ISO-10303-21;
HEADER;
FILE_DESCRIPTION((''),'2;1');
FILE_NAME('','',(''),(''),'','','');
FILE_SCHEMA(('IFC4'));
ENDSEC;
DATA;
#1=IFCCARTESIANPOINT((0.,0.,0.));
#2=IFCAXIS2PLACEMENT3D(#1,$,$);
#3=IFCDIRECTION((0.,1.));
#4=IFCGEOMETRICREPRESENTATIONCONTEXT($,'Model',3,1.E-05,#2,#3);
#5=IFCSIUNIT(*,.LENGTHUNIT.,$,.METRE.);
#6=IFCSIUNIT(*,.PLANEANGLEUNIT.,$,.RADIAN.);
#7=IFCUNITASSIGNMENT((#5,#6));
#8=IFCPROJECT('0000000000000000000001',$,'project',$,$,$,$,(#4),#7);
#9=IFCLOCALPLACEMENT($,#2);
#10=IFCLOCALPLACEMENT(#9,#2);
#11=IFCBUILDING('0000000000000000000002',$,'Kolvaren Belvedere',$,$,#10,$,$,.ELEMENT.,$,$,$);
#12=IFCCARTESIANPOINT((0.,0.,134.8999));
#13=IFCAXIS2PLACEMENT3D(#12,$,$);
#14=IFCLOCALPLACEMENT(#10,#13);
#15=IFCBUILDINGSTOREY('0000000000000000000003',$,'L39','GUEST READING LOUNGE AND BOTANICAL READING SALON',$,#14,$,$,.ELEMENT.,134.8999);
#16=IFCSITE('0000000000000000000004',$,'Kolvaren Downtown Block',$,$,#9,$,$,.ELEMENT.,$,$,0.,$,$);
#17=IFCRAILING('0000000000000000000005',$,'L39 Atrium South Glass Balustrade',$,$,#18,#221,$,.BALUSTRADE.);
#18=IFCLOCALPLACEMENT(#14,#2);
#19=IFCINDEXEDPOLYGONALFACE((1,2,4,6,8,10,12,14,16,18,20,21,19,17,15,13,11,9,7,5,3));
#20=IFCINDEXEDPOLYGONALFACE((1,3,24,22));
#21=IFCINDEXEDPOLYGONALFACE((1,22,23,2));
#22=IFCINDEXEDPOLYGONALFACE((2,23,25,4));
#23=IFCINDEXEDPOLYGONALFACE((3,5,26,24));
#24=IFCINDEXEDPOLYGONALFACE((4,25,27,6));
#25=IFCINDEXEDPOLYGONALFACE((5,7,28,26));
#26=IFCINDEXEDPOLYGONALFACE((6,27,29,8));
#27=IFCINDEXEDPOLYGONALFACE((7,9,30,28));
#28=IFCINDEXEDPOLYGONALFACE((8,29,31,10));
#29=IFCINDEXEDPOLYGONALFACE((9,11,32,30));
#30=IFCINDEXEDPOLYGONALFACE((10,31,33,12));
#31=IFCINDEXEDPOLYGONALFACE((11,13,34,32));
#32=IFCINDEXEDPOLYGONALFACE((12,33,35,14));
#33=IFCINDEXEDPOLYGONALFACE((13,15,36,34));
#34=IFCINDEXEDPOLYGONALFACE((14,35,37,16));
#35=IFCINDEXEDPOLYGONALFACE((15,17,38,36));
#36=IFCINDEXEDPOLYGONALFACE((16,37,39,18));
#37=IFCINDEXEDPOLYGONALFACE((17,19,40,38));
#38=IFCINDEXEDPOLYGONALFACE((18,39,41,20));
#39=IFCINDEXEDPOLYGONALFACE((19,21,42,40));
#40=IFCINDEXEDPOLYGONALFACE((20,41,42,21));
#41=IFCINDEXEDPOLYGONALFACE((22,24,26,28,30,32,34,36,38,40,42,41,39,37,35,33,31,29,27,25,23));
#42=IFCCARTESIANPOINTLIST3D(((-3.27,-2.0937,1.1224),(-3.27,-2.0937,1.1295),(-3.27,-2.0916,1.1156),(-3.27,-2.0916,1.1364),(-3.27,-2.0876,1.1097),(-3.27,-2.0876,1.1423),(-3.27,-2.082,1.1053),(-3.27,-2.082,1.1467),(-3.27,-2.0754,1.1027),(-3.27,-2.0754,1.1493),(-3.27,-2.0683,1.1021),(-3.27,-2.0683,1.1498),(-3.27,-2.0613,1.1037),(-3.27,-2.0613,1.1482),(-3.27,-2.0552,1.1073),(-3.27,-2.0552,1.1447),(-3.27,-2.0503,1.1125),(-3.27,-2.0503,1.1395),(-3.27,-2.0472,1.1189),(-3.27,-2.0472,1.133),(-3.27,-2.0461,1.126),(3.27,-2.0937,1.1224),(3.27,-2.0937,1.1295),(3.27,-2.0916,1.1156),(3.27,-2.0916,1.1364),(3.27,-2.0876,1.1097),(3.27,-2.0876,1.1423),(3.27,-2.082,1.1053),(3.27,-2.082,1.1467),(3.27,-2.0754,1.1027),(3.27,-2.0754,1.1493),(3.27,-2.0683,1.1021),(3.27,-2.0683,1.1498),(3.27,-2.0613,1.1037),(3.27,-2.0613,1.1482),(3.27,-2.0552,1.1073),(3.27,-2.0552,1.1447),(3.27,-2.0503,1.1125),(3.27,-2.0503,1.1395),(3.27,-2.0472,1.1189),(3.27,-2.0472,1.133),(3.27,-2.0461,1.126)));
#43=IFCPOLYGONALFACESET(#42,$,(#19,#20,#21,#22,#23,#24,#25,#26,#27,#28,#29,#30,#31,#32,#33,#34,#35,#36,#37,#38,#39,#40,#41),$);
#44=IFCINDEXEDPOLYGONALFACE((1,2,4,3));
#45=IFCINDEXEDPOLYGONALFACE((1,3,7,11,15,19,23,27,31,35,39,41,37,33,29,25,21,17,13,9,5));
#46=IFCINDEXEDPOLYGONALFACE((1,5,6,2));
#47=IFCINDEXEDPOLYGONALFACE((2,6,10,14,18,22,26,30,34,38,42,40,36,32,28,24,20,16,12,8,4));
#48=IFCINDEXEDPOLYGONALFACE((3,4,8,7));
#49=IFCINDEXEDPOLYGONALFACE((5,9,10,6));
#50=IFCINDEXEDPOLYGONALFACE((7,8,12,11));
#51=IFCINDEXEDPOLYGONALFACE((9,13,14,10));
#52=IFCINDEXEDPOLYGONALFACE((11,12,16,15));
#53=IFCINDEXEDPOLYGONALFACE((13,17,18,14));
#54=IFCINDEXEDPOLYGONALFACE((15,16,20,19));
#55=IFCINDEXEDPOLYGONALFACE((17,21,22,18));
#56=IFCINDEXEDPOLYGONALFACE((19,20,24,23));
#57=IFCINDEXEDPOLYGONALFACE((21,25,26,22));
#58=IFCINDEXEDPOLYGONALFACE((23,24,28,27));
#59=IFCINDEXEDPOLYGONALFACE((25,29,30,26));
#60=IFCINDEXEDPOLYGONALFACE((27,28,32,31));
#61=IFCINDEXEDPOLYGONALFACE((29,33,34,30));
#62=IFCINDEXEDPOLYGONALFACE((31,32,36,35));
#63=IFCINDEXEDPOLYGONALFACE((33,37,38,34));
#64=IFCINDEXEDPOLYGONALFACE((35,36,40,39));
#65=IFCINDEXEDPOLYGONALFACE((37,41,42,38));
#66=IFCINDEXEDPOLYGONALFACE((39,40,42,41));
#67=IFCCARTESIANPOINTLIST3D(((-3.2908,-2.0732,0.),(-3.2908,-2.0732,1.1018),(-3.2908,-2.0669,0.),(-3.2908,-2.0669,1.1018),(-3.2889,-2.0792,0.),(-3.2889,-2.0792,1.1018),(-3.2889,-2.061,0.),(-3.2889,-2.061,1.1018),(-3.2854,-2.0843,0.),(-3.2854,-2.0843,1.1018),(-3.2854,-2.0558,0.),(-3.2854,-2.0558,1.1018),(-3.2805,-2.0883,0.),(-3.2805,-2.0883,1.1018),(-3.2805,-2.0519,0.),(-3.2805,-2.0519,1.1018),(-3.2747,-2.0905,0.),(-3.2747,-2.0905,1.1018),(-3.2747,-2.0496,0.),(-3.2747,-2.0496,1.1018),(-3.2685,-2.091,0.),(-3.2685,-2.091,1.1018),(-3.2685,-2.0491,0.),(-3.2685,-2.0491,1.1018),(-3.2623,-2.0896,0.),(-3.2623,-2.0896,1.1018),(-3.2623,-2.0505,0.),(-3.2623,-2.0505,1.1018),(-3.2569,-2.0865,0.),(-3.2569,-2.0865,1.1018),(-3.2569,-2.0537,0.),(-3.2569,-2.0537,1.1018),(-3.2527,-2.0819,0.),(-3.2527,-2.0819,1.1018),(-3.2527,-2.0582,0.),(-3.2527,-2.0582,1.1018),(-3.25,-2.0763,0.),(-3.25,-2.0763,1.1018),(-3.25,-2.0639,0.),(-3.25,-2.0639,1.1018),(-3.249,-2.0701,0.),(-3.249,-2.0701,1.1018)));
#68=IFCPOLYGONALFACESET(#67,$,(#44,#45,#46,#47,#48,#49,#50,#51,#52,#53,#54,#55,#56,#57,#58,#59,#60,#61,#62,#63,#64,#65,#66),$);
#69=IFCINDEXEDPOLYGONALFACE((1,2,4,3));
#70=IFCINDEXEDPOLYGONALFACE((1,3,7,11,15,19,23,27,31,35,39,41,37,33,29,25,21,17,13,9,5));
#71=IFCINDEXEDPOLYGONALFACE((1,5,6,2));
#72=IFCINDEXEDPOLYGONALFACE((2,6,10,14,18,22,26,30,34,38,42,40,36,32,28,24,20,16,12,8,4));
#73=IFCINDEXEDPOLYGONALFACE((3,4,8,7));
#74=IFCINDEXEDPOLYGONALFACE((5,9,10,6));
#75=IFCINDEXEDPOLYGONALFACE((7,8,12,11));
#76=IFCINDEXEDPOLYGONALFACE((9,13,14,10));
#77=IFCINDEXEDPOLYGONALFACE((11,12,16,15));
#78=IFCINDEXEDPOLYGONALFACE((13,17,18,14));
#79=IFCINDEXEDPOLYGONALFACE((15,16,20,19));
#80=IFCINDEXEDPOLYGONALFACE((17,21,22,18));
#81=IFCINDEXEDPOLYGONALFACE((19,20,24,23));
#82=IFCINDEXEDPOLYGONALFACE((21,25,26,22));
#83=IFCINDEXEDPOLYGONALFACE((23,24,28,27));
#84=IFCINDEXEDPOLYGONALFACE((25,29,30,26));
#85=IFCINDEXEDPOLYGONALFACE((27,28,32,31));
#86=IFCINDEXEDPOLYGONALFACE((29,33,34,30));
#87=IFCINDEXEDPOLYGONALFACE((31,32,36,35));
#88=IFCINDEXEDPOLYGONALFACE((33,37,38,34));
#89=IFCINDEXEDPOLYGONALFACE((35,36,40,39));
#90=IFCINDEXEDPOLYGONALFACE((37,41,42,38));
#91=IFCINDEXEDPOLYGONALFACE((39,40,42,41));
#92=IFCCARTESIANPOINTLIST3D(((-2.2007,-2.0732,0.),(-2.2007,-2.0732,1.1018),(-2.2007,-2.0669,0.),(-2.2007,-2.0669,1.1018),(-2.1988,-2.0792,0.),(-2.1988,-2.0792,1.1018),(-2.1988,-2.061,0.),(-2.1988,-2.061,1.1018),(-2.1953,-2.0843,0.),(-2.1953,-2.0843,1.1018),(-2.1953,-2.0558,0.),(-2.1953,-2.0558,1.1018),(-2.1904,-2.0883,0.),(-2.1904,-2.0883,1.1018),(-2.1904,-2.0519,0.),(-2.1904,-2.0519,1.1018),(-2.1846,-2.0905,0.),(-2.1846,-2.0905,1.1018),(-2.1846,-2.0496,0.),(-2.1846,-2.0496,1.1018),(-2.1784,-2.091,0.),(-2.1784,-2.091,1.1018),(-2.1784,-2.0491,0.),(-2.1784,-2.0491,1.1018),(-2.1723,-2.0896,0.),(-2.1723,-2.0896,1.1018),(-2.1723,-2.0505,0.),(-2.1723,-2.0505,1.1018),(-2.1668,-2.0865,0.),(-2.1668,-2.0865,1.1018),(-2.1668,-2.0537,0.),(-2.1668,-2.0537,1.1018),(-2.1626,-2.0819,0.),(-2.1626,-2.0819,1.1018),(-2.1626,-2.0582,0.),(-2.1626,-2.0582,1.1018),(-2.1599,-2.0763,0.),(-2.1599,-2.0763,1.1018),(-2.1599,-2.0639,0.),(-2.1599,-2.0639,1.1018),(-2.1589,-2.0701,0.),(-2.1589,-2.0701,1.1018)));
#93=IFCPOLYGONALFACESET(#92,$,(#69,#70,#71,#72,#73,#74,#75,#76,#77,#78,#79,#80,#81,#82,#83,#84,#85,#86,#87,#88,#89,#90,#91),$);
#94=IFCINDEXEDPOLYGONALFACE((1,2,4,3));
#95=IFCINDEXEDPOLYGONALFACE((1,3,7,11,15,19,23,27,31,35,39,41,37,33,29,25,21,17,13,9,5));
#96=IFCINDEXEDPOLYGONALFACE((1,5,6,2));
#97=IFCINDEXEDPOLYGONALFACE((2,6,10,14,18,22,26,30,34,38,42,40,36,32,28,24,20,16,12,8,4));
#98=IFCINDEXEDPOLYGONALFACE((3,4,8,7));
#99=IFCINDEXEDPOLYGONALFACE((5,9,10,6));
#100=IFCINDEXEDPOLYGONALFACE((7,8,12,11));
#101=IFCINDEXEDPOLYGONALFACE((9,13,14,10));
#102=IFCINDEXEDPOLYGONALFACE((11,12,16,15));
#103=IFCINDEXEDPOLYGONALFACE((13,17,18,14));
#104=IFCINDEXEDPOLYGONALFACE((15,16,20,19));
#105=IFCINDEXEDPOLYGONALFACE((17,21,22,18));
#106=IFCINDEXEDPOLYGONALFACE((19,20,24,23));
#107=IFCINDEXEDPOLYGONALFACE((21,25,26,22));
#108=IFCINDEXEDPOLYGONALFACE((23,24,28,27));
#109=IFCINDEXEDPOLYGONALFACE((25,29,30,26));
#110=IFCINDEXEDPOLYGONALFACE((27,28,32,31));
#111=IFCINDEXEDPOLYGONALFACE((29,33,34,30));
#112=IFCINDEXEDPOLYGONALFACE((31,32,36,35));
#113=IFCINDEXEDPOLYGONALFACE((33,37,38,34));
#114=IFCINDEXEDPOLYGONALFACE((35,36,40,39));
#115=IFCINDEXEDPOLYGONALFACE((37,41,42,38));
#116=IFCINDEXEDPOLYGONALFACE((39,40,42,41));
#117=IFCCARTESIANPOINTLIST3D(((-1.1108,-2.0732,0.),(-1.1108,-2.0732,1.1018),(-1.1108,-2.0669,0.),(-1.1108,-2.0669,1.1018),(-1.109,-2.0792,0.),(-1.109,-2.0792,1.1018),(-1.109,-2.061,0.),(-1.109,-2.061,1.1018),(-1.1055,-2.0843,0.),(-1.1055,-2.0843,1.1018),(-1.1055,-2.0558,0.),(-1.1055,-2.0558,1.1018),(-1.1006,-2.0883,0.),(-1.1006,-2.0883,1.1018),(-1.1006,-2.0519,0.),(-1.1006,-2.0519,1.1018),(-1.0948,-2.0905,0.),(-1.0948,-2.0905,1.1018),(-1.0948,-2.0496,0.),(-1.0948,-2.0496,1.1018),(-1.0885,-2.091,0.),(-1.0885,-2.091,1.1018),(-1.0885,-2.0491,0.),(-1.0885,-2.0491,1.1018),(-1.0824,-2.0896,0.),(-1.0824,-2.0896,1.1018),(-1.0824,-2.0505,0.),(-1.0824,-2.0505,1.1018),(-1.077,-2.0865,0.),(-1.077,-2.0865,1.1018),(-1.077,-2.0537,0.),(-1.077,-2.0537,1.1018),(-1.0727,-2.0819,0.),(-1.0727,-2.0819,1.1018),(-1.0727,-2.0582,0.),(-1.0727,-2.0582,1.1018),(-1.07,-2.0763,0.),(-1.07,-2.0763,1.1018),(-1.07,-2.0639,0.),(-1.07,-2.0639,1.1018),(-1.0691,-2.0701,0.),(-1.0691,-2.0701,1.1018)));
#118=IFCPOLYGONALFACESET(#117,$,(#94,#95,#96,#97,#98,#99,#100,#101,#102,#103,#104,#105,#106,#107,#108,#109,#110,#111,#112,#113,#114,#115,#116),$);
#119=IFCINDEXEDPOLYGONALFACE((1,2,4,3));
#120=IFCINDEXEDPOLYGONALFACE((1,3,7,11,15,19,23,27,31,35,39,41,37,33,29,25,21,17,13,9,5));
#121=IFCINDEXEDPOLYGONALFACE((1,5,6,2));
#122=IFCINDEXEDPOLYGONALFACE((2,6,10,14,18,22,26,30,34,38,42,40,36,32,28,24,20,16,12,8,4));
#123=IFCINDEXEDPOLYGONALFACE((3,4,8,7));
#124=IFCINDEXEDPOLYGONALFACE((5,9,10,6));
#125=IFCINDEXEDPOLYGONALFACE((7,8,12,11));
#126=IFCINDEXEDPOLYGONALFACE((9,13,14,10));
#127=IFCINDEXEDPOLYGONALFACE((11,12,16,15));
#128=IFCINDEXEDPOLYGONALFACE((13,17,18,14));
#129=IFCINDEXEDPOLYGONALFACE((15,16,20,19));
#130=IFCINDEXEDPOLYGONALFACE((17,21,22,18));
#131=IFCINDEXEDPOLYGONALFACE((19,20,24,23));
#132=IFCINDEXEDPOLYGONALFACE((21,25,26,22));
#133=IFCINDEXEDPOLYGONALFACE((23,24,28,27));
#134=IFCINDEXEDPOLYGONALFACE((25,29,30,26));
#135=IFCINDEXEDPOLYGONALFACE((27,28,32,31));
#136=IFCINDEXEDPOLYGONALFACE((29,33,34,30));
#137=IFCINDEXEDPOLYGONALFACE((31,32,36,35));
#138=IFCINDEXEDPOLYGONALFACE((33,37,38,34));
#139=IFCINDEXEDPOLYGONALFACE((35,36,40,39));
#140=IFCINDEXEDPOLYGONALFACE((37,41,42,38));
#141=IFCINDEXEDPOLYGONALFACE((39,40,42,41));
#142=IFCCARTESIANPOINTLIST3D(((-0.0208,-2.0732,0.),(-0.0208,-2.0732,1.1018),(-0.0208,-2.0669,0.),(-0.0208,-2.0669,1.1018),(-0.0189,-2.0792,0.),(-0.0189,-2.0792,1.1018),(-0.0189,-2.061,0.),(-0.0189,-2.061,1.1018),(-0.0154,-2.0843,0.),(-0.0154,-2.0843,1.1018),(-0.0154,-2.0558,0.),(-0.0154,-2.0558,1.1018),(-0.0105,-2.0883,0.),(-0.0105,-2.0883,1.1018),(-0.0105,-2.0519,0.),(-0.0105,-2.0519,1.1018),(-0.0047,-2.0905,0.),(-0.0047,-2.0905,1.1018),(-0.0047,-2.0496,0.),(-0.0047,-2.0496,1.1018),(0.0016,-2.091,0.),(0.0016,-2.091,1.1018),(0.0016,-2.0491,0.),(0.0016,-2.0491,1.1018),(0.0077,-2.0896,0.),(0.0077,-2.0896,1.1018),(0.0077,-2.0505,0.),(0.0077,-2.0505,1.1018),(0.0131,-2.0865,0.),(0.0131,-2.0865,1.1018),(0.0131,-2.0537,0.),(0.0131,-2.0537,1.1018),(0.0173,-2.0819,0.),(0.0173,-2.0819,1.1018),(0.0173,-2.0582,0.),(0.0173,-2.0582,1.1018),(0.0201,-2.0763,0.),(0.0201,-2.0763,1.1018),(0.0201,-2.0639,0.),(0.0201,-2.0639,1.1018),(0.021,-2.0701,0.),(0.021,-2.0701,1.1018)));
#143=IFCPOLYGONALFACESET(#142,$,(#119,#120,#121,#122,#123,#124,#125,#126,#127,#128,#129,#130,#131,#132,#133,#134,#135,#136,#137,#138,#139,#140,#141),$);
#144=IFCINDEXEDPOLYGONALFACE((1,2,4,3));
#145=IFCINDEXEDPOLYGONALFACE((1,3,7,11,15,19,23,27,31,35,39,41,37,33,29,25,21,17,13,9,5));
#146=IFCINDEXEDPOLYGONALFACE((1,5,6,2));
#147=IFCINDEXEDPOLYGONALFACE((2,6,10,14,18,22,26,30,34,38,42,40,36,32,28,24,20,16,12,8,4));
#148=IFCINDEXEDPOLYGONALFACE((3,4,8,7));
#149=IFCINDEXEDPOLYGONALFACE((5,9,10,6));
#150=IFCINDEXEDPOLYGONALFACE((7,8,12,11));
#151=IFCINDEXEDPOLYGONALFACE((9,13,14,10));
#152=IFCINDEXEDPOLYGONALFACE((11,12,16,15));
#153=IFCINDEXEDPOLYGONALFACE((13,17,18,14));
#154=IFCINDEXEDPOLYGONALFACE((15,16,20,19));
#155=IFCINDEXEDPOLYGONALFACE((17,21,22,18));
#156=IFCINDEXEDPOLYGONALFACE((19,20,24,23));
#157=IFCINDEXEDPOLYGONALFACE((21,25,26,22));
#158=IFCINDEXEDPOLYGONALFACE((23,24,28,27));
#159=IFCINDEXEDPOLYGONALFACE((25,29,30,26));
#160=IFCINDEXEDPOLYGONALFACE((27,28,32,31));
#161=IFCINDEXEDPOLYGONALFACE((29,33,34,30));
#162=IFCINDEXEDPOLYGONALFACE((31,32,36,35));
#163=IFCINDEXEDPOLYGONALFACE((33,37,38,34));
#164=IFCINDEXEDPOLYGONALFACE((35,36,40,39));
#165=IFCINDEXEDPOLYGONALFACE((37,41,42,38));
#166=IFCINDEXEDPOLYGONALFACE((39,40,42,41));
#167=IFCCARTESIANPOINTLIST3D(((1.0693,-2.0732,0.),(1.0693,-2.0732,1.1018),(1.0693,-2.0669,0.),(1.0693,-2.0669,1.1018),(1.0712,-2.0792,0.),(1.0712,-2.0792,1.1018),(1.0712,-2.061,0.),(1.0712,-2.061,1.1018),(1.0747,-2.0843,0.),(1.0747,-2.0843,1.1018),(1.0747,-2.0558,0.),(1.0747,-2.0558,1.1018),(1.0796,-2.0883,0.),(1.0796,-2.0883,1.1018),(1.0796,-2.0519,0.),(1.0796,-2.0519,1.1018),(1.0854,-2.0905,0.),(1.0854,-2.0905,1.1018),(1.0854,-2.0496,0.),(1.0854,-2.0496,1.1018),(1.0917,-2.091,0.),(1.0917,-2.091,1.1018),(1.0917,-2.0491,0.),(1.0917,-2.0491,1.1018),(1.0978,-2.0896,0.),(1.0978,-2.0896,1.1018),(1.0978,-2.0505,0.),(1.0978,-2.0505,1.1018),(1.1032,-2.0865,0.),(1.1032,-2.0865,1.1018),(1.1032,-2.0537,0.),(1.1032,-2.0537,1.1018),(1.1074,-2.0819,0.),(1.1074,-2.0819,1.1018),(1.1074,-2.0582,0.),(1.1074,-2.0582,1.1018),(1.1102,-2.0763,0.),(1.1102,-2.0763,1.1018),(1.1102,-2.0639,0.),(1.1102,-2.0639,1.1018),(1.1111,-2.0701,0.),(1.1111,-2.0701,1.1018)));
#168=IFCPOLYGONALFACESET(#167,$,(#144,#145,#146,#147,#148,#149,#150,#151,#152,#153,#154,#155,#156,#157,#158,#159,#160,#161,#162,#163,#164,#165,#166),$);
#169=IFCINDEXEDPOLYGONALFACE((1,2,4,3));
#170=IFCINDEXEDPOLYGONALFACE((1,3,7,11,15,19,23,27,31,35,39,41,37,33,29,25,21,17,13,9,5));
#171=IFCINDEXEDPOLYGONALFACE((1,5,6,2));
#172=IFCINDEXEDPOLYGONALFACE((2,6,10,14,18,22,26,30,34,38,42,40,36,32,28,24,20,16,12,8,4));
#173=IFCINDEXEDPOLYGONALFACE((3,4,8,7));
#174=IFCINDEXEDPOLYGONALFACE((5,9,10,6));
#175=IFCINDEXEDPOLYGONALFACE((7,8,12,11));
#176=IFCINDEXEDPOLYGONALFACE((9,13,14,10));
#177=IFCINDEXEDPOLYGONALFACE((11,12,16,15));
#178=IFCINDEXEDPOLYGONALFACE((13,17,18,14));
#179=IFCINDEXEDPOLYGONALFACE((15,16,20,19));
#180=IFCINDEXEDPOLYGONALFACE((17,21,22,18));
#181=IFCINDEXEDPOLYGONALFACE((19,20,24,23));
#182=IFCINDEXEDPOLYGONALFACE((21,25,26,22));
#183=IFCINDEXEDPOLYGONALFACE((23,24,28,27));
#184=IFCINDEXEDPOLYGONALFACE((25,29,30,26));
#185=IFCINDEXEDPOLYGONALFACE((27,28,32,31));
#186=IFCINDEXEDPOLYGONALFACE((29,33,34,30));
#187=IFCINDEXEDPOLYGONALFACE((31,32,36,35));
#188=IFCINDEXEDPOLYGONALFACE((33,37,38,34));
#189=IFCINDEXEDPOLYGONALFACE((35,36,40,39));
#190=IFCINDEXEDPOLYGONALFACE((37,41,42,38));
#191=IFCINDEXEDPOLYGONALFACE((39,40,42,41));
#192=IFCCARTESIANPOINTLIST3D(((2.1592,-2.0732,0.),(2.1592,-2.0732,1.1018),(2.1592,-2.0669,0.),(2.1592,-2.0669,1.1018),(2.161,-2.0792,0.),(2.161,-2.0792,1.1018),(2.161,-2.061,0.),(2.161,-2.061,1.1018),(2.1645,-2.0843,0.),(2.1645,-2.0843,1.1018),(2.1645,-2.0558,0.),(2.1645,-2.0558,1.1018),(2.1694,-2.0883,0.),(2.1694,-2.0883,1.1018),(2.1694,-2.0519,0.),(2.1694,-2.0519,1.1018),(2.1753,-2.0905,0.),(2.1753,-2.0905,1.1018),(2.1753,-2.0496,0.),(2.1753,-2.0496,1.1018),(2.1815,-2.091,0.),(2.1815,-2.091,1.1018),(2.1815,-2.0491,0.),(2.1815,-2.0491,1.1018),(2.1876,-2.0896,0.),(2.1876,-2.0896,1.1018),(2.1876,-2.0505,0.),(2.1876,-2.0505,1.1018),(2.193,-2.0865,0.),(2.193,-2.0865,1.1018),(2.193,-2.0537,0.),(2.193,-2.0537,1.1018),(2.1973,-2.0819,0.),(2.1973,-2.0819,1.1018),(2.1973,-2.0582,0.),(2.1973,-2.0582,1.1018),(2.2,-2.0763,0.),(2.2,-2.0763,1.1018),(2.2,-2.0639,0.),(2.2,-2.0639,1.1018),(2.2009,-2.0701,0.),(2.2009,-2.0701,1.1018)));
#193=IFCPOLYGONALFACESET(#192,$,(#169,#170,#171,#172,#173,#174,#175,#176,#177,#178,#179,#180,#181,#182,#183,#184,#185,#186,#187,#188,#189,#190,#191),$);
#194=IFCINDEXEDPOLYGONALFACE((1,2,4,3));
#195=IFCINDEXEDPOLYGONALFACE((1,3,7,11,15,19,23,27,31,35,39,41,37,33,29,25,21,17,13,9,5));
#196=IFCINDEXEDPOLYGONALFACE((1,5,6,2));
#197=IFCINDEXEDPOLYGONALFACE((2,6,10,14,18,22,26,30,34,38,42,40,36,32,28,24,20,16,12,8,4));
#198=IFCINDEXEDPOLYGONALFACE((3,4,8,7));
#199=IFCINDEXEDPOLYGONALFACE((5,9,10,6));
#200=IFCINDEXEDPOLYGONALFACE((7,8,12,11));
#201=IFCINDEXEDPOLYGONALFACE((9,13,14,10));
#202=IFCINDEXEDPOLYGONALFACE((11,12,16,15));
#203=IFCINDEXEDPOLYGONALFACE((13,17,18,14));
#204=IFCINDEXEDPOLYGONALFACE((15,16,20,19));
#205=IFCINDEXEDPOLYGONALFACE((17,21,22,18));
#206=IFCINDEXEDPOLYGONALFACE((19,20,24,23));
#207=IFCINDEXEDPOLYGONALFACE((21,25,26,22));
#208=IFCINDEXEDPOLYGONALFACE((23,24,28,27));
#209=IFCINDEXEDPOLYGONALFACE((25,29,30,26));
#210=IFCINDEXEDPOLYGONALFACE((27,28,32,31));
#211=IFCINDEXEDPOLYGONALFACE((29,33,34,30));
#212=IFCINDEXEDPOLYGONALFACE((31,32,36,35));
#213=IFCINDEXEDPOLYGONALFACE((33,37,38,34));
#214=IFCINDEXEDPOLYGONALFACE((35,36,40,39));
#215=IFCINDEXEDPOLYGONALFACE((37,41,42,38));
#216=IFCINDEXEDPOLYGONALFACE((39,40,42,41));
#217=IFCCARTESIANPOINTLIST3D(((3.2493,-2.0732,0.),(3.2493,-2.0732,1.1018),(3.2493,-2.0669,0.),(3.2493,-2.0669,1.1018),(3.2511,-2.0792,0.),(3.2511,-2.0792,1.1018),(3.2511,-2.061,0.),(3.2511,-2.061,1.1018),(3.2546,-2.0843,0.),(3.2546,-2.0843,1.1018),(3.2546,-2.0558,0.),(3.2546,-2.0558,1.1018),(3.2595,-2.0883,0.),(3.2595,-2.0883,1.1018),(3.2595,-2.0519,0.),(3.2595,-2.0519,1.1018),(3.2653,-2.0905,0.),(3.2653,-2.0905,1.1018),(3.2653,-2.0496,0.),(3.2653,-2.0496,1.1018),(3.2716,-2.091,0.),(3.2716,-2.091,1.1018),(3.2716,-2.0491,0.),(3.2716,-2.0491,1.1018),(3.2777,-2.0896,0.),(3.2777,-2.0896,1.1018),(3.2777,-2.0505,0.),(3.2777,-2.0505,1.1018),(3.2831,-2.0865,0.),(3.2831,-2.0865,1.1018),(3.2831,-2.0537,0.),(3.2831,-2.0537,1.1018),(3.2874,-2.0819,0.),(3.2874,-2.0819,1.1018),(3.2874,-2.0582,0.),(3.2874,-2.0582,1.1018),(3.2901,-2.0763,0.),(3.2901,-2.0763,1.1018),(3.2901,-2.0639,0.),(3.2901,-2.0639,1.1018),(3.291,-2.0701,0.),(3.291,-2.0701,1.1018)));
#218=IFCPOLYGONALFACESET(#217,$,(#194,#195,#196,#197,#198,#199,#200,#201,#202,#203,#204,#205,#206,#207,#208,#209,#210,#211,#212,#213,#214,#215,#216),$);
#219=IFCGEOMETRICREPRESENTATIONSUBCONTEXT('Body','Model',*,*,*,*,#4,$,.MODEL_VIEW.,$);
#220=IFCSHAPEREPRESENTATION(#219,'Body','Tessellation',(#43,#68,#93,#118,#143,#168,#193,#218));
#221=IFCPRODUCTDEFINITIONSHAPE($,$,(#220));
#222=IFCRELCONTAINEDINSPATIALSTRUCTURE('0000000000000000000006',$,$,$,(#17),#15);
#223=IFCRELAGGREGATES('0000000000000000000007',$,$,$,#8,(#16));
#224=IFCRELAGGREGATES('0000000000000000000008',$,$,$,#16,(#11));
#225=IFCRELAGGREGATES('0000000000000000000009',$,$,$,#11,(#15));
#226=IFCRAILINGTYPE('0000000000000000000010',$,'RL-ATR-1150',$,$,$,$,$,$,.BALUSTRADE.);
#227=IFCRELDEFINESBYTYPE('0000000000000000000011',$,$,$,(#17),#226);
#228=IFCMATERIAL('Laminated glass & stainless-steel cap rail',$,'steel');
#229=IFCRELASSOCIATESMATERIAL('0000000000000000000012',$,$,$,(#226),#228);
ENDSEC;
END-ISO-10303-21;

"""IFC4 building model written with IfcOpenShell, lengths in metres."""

from ifc_helpers import new_model, si_unit, direction, frame, origin, origin_2d, place, context, subcontext, project, spatial, circle, extrude, material, type_object, element, save


model = new_model("IFC4")

# Units and contexts
model_context = context("Model", 3, precision=1e-05, world=origin(), true_north=direction((0.0, 1.0)))
body_context = subcontext(model_context, "Body", "Model", "MODEL_VIEW")
ifc_project = project(units=[si_unit("LENGTHUNIT", "METRE"), si_unit("PLANEANGLEUNIT", "RADIAN")], contexts=[model_context])

# Site, building, storey
site_placement = place(None, origin())
site = spatial("IfcSite", under=ifc_project, at=site_placement, Name="Kolvaren Downtown Block", CompositionType="ELEMENT", RefElevation=0.0)
building_placement = place(site_placement, origin())
building = spatial("IfcBuilding", under=site, at=building_placement, Name="Kolvaren Belvedere", CompositionType="ELEMENT")
storey_placement = place(building_placement, frame((0.0, 0.0, 134.8999)))
storey = spatial("IfcBuildingStorey", under=building, at=storey_placement, Name="L39", Description="GUEST READING LOUNGE AND BOTANICAL READING SALON", CompositionType="ELEMENT", Elevation=134.8999)

# Railing
ifc_material_1 = material(Name="Laminated glass & stainless-steel cap rail", Category="steel")
railing_type_1 = type_object("IfcRailingType", Name="RL-ATR-1150", PredefinedType="BALUSTRADE", material=ifc_material_1)
railing_1_placement = place(storey_placement, frame((-3.27, -2.0701, 0.0)))
element("IfcRailing", 1, at=railing_1_placement, inside=storey, type_object=railing_type_1, Name="L39 Atrium South Glass Balustrade", PredefinedType="BALUSTRADE", context=body_context, shape_type="SweptSolid", body=[
    extrude(circle(Radius=0.0239, at=origin_2d()), frame((0.0, 0.0, 1.126), z_axis=(1.0, 0.0, 0.0), x_axis=(0.0, 1.0, 0.0)), (0.0, 0.0, 1.0), 6.54),
    extrude(circle(Radius=0.021, at=origin_2d()), origin(), (0.0, 0.0, 1.0), 1.1018),
    extrude(circle(Radius=0.021, at=origin_2d()), frame((1.0901, 0.0, 0.0)), (0.0, 0.0, 1.0), 1.1018),
    extrude(circle(Radius=0.021, at=origin_2d()), frame((2.1799, 0.0, 0.0)), (0.0, 0.0, 1.0), 1.1018),
    extrude(circle(Radius=0.021, at=origin_2d()), frame((3.27, 0.0, 0.0)), (0.0, 0.0, 1.0), 1.1018),
    extrude(circle(Radius=0.021, at=origin_2d()), frame((4.3601, 0.0, 0.0)), (0.0, 0.0, 1.0), 1.1018),
    extrude(circle(Radius=0.021, at=origin_2d()), frame((5.45, 0.0, 0.0)), (0.0, 0.0, 1.0), 1.1018),
    extrude(circle(Radius=0.021, at=origin_2d()), frame((6.54, 0.0, 0.0)), (0.0, 0.0, 1.0), 1.1018),
])

save(model, "model.ifc")
